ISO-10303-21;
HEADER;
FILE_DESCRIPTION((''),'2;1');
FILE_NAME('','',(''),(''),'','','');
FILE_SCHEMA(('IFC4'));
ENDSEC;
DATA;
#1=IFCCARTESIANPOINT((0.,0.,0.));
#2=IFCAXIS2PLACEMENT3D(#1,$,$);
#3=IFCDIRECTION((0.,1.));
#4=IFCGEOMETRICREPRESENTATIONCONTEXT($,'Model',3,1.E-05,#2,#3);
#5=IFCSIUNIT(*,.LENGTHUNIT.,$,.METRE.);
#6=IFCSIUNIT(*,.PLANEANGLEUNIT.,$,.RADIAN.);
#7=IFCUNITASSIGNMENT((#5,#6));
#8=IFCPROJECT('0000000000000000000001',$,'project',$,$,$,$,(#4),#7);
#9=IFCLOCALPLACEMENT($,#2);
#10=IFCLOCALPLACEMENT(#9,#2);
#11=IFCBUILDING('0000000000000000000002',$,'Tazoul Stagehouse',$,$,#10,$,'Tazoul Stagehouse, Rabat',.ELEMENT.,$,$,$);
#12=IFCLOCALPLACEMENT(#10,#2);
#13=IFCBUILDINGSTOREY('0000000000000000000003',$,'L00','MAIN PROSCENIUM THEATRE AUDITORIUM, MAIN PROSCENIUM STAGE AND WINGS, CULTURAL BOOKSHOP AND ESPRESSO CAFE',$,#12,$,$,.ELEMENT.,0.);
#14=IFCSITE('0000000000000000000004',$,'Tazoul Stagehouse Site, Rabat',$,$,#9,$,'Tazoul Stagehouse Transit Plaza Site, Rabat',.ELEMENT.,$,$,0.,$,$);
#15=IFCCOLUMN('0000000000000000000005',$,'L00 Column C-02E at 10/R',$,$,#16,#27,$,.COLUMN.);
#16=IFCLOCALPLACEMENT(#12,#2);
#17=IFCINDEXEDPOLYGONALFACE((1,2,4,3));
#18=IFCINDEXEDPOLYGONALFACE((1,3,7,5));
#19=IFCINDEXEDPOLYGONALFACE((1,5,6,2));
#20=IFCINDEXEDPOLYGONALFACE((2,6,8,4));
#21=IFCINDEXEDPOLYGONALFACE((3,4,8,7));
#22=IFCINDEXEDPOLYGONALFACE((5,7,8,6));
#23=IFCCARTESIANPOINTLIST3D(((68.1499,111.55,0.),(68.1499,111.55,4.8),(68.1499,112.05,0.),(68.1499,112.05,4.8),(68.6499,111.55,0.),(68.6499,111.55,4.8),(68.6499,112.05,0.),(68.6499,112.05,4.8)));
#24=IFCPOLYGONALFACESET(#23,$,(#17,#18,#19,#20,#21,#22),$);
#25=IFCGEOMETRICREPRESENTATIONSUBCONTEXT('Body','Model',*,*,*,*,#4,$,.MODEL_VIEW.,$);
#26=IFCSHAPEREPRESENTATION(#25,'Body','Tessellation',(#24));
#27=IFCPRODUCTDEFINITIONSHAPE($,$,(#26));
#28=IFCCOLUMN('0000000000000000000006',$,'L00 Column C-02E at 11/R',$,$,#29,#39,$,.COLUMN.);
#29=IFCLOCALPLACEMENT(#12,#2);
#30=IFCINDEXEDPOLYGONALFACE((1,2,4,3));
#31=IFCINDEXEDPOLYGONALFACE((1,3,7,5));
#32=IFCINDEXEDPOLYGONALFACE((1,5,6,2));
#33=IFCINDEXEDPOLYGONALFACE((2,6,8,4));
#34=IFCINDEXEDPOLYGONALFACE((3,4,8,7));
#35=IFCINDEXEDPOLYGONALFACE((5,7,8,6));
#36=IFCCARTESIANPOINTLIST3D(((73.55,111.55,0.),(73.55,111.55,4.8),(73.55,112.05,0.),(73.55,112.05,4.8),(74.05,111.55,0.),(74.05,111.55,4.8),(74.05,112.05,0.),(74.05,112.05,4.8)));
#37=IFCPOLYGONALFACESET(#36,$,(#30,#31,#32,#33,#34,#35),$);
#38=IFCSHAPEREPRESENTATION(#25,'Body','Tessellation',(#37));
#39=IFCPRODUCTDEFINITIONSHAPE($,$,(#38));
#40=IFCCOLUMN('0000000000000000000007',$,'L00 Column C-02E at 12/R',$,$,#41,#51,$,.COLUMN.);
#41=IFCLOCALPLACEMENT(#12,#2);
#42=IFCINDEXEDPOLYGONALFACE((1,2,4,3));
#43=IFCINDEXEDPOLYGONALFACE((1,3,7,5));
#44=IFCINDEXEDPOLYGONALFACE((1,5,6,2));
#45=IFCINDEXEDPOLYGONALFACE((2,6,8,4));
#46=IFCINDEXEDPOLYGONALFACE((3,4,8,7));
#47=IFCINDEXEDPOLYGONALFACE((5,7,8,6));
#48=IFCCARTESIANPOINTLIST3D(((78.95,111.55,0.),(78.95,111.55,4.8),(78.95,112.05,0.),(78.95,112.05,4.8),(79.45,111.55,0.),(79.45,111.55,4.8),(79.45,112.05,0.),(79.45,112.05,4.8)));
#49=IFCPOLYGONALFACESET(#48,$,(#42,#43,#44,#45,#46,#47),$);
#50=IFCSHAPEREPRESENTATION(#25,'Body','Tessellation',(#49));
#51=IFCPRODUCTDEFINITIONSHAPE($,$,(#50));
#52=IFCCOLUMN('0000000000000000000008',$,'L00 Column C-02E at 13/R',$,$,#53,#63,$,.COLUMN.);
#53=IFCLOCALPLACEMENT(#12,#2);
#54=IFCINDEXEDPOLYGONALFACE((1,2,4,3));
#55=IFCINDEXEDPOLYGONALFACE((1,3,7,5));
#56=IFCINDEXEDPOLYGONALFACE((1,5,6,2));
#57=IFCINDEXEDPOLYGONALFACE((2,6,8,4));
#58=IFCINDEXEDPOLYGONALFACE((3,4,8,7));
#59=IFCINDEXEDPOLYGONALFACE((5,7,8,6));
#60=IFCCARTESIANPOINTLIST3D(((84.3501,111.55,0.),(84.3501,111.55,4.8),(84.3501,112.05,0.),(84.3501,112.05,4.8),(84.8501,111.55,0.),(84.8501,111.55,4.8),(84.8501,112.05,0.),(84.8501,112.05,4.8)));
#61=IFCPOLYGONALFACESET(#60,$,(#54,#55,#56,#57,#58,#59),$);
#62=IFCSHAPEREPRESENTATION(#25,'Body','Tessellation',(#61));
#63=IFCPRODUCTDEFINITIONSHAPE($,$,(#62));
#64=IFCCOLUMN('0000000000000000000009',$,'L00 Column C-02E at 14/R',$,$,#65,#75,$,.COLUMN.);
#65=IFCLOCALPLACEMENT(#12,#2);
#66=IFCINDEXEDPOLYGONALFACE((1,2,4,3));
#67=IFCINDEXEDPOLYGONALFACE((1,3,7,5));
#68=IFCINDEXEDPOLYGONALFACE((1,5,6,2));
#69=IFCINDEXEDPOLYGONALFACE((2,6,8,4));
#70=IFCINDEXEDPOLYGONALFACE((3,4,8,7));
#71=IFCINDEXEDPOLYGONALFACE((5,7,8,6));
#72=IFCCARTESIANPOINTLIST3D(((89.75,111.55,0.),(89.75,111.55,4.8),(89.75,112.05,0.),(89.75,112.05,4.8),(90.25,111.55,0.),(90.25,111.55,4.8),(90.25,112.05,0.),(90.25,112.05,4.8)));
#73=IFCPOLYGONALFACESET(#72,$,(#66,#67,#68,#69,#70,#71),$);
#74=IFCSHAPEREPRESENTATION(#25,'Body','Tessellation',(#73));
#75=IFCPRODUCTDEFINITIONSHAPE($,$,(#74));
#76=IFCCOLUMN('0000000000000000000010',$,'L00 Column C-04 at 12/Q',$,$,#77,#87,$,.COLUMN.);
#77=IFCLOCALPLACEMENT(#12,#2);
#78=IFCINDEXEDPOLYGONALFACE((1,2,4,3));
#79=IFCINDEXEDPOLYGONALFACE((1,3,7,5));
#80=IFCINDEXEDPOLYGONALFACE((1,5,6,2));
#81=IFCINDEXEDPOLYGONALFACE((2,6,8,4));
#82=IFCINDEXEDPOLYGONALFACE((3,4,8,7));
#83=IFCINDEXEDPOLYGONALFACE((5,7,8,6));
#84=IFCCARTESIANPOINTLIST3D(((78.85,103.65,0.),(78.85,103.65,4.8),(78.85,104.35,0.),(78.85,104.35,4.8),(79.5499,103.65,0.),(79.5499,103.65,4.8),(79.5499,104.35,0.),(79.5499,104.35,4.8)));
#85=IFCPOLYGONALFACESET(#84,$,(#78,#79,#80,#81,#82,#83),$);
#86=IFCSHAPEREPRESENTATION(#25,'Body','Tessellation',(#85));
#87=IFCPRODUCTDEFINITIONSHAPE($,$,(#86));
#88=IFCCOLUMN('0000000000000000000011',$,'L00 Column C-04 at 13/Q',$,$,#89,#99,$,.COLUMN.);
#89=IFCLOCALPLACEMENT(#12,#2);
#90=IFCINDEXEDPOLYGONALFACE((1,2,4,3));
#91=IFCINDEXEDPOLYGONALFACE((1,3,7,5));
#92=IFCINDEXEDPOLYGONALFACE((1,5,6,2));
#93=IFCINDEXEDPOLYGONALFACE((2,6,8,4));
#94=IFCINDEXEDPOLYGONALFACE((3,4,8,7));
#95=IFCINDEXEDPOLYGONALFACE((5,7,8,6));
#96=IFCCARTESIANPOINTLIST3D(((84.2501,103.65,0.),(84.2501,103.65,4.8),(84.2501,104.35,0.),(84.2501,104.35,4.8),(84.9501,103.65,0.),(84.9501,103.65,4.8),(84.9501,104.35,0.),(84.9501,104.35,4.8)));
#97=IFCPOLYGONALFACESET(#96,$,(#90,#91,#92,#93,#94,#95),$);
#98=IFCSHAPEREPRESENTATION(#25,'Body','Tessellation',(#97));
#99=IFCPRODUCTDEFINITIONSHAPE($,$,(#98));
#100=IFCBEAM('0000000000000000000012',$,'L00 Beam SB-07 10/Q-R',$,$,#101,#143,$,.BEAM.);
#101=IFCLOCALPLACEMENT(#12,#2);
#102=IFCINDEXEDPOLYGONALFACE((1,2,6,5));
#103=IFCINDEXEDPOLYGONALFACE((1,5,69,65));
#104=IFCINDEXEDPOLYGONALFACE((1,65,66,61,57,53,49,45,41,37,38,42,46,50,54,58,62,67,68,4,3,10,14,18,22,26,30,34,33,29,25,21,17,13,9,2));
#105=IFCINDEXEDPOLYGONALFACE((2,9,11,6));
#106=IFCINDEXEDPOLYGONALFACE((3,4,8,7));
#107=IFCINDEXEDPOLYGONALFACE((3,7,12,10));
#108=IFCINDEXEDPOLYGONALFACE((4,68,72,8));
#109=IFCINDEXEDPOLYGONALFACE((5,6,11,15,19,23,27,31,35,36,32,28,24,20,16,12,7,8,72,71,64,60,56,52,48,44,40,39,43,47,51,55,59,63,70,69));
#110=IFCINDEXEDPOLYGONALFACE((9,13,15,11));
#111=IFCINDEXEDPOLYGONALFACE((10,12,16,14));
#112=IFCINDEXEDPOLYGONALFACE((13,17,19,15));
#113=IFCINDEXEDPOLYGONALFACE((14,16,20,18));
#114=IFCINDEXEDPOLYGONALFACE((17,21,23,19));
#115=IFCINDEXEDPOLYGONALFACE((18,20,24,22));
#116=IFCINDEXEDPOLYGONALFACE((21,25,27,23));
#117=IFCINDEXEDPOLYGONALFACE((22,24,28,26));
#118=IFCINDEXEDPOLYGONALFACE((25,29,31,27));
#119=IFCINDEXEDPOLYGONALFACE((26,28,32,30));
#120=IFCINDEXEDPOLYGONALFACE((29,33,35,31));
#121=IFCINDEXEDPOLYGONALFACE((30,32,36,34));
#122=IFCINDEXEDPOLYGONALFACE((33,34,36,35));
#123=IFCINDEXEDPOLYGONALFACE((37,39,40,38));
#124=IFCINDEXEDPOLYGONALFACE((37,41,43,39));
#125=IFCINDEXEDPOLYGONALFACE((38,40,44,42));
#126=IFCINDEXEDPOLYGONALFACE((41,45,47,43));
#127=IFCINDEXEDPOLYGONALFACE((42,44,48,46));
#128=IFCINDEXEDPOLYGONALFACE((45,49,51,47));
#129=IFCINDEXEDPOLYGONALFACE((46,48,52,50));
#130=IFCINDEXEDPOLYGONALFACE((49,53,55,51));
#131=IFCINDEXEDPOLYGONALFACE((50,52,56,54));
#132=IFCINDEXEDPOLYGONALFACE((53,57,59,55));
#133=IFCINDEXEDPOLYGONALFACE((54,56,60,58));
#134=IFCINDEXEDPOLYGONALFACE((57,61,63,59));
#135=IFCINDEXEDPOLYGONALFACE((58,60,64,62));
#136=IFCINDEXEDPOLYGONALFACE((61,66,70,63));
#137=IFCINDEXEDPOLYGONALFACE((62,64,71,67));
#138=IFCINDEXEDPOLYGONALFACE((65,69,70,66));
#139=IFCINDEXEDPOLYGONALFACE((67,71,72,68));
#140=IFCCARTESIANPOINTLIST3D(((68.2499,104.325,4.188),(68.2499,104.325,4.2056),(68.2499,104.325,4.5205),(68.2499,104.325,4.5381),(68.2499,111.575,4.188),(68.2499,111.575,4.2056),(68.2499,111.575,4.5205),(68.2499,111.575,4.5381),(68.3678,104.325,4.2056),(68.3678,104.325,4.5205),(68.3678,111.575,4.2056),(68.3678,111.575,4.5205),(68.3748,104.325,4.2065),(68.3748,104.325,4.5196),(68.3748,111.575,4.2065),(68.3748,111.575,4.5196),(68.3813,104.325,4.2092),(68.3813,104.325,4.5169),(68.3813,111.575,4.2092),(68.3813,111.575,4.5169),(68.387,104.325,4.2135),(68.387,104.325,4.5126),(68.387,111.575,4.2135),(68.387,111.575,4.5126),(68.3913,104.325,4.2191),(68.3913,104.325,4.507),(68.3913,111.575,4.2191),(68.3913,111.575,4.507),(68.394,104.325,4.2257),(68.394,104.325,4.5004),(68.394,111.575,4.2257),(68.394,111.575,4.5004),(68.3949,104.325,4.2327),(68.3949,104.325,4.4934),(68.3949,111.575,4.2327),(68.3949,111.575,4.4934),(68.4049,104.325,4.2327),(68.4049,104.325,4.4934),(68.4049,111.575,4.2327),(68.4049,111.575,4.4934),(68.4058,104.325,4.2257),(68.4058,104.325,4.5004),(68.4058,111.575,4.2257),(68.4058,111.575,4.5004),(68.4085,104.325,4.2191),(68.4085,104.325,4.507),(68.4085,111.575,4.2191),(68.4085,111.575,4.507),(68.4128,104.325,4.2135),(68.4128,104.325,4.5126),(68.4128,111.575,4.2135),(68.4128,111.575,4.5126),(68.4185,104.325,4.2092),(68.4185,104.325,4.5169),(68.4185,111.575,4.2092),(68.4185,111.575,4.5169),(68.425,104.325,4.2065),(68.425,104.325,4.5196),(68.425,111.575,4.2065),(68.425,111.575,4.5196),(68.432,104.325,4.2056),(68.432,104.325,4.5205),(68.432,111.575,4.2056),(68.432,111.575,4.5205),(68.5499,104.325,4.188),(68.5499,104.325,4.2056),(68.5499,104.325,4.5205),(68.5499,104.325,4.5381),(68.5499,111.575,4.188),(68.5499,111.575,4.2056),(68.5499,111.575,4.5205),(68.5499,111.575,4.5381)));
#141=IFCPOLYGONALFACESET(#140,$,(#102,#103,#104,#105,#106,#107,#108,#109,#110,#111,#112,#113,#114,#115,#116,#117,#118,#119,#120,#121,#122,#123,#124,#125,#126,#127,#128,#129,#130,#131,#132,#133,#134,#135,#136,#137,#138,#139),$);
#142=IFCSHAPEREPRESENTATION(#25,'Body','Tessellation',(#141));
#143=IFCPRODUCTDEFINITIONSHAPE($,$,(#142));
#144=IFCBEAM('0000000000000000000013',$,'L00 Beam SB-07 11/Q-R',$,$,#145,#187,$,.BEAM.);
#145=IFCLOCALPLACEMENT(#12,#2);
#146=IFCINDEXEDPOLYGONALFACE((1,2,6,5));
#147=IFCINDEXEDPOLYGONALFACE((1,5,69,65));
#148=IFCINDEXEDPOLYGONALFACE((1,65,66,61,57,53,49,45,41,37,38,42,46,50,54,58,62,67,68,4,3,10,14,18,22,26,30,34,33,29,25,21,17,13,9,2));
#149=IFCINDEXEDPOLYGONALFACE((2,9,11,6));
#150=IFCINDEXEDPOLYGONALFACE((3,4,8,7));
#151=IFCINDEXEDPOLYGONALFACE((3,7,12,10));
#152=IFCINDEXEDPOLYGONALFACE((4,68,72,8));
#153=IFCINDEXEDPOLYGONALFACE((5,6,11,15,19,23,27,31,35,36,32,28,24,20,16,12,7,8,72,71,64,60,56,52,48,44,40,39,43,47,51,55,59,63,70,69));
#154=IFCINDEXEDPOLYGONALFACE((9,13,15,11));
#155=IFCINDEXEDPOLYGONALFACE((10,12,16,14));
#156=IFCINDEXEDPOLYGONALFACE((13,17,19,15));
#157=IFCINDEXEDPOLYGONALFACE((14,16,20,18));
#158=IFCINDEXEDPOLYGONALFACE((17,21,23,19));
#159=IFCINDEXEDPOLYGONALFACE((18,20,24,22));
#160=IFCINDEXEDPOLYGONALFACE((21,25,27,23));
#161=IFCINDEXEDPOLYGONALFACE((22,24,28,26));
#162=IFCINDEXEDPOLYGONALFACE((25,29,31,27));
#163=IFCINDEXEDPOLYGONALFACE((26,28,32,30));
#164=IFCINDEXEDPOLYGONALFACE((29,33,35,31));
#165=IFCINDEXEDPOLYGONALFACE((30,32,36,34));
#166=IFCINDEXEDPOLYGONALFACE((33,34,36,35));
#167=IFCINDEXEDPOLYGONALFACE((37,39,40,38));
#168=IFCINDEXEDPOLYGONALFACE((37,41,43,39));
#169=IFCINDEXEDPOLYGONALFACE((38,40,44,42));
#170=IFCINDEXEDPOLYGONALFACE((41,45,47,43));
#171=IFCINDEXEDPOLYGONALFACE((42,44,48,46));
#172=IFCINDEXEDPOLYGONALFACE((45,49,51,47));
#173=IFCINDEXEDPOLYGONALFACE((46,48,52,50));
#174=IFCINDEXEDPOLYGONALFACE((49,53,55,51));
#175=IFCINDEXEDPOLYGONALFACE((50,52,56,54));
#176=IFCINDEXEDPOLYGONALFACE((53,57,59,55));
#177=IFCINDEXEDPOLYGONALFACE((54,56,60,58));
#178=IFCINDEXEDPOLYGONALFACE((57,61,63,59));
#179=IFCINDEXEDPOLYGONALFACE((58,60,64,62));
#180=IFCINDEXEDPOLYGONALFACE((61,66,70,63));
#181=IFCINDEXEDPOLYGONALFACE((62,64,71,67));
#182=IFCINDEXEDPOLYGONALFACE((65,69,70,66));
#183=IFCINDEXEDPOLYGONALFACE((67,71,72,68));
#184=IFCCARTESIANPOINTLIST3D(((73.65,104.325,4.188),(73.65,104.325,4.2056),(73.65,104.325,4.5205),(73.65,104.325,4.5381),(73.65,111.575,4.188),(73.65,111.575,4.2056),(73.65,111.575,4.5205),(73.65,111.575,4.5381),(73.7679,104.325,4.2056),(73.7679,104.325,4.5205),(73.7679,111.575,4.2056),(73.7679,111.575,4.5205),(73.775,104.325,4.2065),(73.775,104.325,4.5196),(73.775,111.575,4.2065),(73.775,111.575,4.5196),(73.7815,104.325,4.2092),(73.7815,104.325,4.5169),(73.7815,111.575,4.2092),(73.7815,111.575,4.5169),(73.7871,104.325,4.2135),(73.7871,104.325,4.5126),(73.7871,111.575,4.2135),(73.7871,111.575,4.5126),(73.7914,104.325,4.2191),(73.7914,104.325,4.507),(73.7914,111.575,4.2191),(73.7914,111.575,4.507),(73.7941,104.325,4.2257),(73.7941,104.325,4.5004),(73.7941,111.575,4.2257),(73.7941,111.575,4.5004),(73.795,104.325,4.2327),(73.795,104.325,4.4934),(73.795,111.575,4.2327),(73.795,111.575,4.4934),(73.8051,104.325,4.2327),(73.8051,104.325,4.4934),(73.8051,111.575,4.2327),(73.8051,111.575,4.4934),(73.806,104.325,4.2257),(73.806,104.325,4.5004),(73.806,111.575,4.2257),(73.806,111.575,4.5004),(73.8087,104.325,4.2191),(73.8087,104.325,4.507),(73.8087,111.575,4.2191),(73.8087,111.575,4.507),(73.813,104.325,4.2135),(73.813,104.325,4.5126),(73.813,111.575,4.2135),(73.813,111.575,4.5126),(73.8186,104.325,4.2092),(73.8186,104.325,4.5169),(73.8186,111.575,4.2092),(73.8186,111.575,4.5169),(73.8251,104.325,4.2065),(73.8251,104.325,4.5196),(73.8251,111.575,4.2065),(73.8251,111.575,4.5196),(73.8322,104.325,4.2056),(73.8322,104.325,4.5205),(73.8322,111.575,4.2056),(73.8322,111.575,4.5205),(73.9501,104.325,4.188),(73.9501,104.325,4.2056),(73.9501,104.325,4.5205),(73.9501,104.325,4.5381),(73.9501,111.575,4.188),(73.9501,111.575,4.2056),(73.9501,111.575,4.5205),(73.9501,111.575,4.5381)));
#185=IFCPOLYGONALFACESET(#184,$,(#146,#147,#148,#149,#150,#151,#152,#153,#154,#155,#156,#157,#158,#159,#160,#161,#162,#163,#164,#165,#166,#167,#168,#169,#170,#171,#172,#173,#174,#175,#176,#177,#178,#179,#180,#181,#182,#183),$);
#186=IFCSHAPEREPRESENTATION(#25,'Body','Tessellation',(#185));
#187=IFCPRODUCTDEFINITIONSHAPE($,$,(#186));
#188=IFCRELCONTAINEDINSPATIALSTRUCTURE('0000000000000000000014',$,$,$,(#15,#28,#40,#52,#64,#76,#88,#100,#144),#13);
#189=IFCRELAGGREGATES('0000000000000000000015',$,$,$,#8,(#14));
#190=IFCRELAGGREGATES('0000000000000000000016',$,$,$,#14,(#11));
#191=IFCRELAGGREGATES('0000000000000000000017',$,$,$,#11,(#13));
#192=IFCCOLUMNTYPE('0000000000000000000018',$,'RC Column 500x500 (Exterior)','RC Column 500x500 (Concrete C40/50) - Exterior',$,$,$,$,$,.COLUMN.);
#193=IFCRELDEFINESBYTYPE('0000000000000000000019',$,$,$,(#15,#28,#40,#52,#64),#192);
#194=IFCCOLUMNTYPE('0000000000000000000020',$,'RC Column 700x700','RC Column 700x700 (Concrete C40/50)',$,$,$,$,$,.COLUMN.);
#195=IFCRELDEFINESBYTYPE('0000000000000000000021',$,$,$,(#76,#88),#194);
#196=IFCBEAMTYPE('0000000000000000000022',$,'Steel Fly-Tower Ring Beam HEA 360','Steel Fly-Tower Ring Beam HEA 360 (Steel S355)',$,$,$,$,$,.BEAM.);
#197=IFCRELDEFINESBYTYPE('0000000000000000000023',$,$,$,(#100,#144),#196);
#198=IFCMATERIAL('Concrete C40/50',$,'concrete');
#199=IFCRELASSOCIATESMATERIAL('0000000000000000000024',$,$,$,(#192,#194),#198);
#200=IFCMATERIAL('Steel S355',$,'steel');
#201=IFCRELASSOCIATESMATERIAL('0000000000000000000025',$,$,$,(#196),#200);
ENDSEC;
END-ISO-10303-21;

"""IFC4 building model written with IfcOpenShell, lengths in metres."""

from ifc_helpers import new_model, si_unit, direction, frame, origin, origin_2d, place, context, subcontext, project, spatial, rectangle, i_section, extrude, material, material_profile, profile_set, type_object, element, save


model = new_model("IFC4")

# Units and contexts
model_context = context("Model", 3, precision=1e-05, world=origin(), true_north=direction((0.0, 1.0)))
body_context = subcontext(model_context, "Body", "Model", "MODEL_VIEW")
ifc_project = project(units=[si_unit("LENGTHUNIT", "METRE"), si_unit("PLANEANGLEUNIT", "RADIAN")], contexts=[model_context])

# Site, building, storey
site_placement = place(None, origin())
site = spatial("IfcSite", under=ifc_project, at=site_placement, Name="Tazoul Stagehouse Site, Rabat", LongName="Tazoul Stagehouse Transit Plaza Site, Rabat", CompositionType="ELEMENT", RefElevation=0.0)
building_placement = place(site_placement, origin())
building = spatial("IfcBuilding", under=site, at=building_placement, Name="Tazoul Stagehouse", LongName="Tazoul Stagehouse, Rabat", CompositionType="ELEMENT")
storey_placement = place(building_placement, origin())
storey = spatial("IfcBuildingStorey", under=building, at=storey_placement, Name="L00", Description="MAIN PROSCENIUM THEATRE AUDITORIUM, MAIN PROSCENIUM STAGE AND WINGS, CULTURAL BOOKSHOP AND ESPRESSO CAFE", CompositionType="ELEMENT", Elevation=0.0)

# Columns
ifc_material_1 = material(Name="Concrete C40/50", Category="concrete")
ifc_material_profile_1 = material_profile(ifc_material_1, rectangle(XDim=0.5, YDim=0.5, at=origin_2d()), Name="RC 500x500")
ifc_profile_set_1 = profile_set([ifc_material_profile_1], Name="Concrete C40/50")
column_type_1 = type_object("IfcColumnType", Name="RC Column 500x500 (Exterior)", Description="RC Column 500x500 (Concrete C40/50) - Exterior", PredefinedType="COLUMN", material=ifc_profile_set_1)
for number, where, z_axis, x_axis, name in (
    (1, (68.3999, 111.8, 0.0), (0.0, 0.0, 1.0), (1.0, 0.0, 0.0), "L00 Column C-02E at 10/R"),
    (2, (73.8, 111.8, 0.0), (0.0, 0.0, 1.0), (1.0, 0.0, 0.0), "L00 Column C-02E at 11/R"),
    (3, (79.2, 111.8, 0.0), (0.0, 0.0, 1.0), (1.0, 0.0, 0.0), "L00 Column C-02E at 12/R"),
    (4, (84.6001, 111.8, 0.0), (0.0, 0.0, 1.0), (1.0, 0.0, 0.0), "L00 Column C-02E at 13/R"),
    (5, (90.0, 111.8, 0.0), (0.0, 0.0, 1.0), (1.0, 0.0, 0.0), "L00 Column C-02E at 14/R"),
):
    element("IfcColumn", number, at=place(storey_placement, frame(where, z_axis=z_axis, x_axis=x_axis)), inside=storey, type_object=column_type_1, Name=name, PredefinedType="COLUMN", context=body_context, shape_type="SweptSolid", body=[
        extrude(rectangle(XDim=0.5, YDim=0.5, at=origin_2d()), origin(), (0.0, 0.0, 1.0), 4.8),
    ])
ifc_material_profile_2 = material_profile(ifc_material_1, rectangle(XDim=0.7, YDim=0.7, at=origin_2d()), Name="RC 700x700")
ifc_profile_set_2 = profile_set([ifc_material_profile_2], Name="Concrete C40/50")
column_type_2 = type_object("IfcColumnType", Name="RC Column 700x700", Description="RC Column 700x700 (Concrete C40/50)", PredefinedType="COLUMN", material=ifc_profile_set_2)
for number, where, z_axis, x_axis, name in (
    (6, (79.2, 104.0, 0.0), (0.0, 0.0, 1.0), (1.0, 0.0, 0.0), "L00 Column C-04 at 12/Q"),
    (7, (84.6001, 104.0, 0.0), (0.0, 0.0, 1.0), (1.0, 0.0, 0.0), "L00 Column C-04 at 13/Q"),
):
    element("IfcColumn", number, at=place(storey_placement, frame(where, z_axis=z_axis, x_axis=x_axis)), inside=storey, type_object=column_type_2, Name=name, PredefinedType="COLUMN", context=body_context, shape_type="SweptSolid", body=[
        extrude(rectangle(XDim=0.7, YDim=0.7, at=origin_2d()), origin(), (0.0, 0.0, 1.0), 4.8),
    ])

# Beams
ifc_material_2 = material(Name="Steel S355", Category="steel")
ifc_material_profile_3 = material_profile(ifc_material_2, i_section(OverallWidth=0.3, OverallDepth=0.3501, WebThickness=0.01, FlangeThickness=0.0176, FilletRadius=0.0271, at=origin_2d()), Name="HEA 360")
ifc_profile_set_3 = profile_set([ifc_material_profile_3], Name="Steel S355")
beam_type_1 = type_object("IfcBeamType", Name="Steel Fly-Tower Ring Beam HEA 360", Description="Steel Fly-Tower Ring Beam HEA 360 (Steel S355)", PredefinedType="BEAM", material=ifc_profile_set_3)
for number, where, z_axis, x_axis, name in (
    (8, (68.3999, 104.325, 4.363), (0.0, 1.0, 0.0), (-1.0, 0.0, 0.0), "L00 Beam SB-07 10/Q-R"),
    (9, (73.8, 104.325, 4.363), (0.0, 1.0, 0.0), (-1.0, 0.0, 0.0), "L00 Beam SB-07 11/Q-R"),
):
    element("IfcBeam", number, at=place(storey_placement, frame(where, z_axis=z_axis, x_axis=x_axis)), inside=storey, type_object=beam_type_1, Name=name, PredefinedType="BEAM", context=body_context, shape_type="SweptSolid", body=[
        extrude(i_section(OverallWidth=0.3, OverallDepth=0.3501, WebThickness=0.01, FlangeThickness=0.0176, FilletRadius=0.0271, at=origin_2d()), origin(), (0.0, 0.0, 1.0), 7.25),
    ])

save(model, "model.ifc")
